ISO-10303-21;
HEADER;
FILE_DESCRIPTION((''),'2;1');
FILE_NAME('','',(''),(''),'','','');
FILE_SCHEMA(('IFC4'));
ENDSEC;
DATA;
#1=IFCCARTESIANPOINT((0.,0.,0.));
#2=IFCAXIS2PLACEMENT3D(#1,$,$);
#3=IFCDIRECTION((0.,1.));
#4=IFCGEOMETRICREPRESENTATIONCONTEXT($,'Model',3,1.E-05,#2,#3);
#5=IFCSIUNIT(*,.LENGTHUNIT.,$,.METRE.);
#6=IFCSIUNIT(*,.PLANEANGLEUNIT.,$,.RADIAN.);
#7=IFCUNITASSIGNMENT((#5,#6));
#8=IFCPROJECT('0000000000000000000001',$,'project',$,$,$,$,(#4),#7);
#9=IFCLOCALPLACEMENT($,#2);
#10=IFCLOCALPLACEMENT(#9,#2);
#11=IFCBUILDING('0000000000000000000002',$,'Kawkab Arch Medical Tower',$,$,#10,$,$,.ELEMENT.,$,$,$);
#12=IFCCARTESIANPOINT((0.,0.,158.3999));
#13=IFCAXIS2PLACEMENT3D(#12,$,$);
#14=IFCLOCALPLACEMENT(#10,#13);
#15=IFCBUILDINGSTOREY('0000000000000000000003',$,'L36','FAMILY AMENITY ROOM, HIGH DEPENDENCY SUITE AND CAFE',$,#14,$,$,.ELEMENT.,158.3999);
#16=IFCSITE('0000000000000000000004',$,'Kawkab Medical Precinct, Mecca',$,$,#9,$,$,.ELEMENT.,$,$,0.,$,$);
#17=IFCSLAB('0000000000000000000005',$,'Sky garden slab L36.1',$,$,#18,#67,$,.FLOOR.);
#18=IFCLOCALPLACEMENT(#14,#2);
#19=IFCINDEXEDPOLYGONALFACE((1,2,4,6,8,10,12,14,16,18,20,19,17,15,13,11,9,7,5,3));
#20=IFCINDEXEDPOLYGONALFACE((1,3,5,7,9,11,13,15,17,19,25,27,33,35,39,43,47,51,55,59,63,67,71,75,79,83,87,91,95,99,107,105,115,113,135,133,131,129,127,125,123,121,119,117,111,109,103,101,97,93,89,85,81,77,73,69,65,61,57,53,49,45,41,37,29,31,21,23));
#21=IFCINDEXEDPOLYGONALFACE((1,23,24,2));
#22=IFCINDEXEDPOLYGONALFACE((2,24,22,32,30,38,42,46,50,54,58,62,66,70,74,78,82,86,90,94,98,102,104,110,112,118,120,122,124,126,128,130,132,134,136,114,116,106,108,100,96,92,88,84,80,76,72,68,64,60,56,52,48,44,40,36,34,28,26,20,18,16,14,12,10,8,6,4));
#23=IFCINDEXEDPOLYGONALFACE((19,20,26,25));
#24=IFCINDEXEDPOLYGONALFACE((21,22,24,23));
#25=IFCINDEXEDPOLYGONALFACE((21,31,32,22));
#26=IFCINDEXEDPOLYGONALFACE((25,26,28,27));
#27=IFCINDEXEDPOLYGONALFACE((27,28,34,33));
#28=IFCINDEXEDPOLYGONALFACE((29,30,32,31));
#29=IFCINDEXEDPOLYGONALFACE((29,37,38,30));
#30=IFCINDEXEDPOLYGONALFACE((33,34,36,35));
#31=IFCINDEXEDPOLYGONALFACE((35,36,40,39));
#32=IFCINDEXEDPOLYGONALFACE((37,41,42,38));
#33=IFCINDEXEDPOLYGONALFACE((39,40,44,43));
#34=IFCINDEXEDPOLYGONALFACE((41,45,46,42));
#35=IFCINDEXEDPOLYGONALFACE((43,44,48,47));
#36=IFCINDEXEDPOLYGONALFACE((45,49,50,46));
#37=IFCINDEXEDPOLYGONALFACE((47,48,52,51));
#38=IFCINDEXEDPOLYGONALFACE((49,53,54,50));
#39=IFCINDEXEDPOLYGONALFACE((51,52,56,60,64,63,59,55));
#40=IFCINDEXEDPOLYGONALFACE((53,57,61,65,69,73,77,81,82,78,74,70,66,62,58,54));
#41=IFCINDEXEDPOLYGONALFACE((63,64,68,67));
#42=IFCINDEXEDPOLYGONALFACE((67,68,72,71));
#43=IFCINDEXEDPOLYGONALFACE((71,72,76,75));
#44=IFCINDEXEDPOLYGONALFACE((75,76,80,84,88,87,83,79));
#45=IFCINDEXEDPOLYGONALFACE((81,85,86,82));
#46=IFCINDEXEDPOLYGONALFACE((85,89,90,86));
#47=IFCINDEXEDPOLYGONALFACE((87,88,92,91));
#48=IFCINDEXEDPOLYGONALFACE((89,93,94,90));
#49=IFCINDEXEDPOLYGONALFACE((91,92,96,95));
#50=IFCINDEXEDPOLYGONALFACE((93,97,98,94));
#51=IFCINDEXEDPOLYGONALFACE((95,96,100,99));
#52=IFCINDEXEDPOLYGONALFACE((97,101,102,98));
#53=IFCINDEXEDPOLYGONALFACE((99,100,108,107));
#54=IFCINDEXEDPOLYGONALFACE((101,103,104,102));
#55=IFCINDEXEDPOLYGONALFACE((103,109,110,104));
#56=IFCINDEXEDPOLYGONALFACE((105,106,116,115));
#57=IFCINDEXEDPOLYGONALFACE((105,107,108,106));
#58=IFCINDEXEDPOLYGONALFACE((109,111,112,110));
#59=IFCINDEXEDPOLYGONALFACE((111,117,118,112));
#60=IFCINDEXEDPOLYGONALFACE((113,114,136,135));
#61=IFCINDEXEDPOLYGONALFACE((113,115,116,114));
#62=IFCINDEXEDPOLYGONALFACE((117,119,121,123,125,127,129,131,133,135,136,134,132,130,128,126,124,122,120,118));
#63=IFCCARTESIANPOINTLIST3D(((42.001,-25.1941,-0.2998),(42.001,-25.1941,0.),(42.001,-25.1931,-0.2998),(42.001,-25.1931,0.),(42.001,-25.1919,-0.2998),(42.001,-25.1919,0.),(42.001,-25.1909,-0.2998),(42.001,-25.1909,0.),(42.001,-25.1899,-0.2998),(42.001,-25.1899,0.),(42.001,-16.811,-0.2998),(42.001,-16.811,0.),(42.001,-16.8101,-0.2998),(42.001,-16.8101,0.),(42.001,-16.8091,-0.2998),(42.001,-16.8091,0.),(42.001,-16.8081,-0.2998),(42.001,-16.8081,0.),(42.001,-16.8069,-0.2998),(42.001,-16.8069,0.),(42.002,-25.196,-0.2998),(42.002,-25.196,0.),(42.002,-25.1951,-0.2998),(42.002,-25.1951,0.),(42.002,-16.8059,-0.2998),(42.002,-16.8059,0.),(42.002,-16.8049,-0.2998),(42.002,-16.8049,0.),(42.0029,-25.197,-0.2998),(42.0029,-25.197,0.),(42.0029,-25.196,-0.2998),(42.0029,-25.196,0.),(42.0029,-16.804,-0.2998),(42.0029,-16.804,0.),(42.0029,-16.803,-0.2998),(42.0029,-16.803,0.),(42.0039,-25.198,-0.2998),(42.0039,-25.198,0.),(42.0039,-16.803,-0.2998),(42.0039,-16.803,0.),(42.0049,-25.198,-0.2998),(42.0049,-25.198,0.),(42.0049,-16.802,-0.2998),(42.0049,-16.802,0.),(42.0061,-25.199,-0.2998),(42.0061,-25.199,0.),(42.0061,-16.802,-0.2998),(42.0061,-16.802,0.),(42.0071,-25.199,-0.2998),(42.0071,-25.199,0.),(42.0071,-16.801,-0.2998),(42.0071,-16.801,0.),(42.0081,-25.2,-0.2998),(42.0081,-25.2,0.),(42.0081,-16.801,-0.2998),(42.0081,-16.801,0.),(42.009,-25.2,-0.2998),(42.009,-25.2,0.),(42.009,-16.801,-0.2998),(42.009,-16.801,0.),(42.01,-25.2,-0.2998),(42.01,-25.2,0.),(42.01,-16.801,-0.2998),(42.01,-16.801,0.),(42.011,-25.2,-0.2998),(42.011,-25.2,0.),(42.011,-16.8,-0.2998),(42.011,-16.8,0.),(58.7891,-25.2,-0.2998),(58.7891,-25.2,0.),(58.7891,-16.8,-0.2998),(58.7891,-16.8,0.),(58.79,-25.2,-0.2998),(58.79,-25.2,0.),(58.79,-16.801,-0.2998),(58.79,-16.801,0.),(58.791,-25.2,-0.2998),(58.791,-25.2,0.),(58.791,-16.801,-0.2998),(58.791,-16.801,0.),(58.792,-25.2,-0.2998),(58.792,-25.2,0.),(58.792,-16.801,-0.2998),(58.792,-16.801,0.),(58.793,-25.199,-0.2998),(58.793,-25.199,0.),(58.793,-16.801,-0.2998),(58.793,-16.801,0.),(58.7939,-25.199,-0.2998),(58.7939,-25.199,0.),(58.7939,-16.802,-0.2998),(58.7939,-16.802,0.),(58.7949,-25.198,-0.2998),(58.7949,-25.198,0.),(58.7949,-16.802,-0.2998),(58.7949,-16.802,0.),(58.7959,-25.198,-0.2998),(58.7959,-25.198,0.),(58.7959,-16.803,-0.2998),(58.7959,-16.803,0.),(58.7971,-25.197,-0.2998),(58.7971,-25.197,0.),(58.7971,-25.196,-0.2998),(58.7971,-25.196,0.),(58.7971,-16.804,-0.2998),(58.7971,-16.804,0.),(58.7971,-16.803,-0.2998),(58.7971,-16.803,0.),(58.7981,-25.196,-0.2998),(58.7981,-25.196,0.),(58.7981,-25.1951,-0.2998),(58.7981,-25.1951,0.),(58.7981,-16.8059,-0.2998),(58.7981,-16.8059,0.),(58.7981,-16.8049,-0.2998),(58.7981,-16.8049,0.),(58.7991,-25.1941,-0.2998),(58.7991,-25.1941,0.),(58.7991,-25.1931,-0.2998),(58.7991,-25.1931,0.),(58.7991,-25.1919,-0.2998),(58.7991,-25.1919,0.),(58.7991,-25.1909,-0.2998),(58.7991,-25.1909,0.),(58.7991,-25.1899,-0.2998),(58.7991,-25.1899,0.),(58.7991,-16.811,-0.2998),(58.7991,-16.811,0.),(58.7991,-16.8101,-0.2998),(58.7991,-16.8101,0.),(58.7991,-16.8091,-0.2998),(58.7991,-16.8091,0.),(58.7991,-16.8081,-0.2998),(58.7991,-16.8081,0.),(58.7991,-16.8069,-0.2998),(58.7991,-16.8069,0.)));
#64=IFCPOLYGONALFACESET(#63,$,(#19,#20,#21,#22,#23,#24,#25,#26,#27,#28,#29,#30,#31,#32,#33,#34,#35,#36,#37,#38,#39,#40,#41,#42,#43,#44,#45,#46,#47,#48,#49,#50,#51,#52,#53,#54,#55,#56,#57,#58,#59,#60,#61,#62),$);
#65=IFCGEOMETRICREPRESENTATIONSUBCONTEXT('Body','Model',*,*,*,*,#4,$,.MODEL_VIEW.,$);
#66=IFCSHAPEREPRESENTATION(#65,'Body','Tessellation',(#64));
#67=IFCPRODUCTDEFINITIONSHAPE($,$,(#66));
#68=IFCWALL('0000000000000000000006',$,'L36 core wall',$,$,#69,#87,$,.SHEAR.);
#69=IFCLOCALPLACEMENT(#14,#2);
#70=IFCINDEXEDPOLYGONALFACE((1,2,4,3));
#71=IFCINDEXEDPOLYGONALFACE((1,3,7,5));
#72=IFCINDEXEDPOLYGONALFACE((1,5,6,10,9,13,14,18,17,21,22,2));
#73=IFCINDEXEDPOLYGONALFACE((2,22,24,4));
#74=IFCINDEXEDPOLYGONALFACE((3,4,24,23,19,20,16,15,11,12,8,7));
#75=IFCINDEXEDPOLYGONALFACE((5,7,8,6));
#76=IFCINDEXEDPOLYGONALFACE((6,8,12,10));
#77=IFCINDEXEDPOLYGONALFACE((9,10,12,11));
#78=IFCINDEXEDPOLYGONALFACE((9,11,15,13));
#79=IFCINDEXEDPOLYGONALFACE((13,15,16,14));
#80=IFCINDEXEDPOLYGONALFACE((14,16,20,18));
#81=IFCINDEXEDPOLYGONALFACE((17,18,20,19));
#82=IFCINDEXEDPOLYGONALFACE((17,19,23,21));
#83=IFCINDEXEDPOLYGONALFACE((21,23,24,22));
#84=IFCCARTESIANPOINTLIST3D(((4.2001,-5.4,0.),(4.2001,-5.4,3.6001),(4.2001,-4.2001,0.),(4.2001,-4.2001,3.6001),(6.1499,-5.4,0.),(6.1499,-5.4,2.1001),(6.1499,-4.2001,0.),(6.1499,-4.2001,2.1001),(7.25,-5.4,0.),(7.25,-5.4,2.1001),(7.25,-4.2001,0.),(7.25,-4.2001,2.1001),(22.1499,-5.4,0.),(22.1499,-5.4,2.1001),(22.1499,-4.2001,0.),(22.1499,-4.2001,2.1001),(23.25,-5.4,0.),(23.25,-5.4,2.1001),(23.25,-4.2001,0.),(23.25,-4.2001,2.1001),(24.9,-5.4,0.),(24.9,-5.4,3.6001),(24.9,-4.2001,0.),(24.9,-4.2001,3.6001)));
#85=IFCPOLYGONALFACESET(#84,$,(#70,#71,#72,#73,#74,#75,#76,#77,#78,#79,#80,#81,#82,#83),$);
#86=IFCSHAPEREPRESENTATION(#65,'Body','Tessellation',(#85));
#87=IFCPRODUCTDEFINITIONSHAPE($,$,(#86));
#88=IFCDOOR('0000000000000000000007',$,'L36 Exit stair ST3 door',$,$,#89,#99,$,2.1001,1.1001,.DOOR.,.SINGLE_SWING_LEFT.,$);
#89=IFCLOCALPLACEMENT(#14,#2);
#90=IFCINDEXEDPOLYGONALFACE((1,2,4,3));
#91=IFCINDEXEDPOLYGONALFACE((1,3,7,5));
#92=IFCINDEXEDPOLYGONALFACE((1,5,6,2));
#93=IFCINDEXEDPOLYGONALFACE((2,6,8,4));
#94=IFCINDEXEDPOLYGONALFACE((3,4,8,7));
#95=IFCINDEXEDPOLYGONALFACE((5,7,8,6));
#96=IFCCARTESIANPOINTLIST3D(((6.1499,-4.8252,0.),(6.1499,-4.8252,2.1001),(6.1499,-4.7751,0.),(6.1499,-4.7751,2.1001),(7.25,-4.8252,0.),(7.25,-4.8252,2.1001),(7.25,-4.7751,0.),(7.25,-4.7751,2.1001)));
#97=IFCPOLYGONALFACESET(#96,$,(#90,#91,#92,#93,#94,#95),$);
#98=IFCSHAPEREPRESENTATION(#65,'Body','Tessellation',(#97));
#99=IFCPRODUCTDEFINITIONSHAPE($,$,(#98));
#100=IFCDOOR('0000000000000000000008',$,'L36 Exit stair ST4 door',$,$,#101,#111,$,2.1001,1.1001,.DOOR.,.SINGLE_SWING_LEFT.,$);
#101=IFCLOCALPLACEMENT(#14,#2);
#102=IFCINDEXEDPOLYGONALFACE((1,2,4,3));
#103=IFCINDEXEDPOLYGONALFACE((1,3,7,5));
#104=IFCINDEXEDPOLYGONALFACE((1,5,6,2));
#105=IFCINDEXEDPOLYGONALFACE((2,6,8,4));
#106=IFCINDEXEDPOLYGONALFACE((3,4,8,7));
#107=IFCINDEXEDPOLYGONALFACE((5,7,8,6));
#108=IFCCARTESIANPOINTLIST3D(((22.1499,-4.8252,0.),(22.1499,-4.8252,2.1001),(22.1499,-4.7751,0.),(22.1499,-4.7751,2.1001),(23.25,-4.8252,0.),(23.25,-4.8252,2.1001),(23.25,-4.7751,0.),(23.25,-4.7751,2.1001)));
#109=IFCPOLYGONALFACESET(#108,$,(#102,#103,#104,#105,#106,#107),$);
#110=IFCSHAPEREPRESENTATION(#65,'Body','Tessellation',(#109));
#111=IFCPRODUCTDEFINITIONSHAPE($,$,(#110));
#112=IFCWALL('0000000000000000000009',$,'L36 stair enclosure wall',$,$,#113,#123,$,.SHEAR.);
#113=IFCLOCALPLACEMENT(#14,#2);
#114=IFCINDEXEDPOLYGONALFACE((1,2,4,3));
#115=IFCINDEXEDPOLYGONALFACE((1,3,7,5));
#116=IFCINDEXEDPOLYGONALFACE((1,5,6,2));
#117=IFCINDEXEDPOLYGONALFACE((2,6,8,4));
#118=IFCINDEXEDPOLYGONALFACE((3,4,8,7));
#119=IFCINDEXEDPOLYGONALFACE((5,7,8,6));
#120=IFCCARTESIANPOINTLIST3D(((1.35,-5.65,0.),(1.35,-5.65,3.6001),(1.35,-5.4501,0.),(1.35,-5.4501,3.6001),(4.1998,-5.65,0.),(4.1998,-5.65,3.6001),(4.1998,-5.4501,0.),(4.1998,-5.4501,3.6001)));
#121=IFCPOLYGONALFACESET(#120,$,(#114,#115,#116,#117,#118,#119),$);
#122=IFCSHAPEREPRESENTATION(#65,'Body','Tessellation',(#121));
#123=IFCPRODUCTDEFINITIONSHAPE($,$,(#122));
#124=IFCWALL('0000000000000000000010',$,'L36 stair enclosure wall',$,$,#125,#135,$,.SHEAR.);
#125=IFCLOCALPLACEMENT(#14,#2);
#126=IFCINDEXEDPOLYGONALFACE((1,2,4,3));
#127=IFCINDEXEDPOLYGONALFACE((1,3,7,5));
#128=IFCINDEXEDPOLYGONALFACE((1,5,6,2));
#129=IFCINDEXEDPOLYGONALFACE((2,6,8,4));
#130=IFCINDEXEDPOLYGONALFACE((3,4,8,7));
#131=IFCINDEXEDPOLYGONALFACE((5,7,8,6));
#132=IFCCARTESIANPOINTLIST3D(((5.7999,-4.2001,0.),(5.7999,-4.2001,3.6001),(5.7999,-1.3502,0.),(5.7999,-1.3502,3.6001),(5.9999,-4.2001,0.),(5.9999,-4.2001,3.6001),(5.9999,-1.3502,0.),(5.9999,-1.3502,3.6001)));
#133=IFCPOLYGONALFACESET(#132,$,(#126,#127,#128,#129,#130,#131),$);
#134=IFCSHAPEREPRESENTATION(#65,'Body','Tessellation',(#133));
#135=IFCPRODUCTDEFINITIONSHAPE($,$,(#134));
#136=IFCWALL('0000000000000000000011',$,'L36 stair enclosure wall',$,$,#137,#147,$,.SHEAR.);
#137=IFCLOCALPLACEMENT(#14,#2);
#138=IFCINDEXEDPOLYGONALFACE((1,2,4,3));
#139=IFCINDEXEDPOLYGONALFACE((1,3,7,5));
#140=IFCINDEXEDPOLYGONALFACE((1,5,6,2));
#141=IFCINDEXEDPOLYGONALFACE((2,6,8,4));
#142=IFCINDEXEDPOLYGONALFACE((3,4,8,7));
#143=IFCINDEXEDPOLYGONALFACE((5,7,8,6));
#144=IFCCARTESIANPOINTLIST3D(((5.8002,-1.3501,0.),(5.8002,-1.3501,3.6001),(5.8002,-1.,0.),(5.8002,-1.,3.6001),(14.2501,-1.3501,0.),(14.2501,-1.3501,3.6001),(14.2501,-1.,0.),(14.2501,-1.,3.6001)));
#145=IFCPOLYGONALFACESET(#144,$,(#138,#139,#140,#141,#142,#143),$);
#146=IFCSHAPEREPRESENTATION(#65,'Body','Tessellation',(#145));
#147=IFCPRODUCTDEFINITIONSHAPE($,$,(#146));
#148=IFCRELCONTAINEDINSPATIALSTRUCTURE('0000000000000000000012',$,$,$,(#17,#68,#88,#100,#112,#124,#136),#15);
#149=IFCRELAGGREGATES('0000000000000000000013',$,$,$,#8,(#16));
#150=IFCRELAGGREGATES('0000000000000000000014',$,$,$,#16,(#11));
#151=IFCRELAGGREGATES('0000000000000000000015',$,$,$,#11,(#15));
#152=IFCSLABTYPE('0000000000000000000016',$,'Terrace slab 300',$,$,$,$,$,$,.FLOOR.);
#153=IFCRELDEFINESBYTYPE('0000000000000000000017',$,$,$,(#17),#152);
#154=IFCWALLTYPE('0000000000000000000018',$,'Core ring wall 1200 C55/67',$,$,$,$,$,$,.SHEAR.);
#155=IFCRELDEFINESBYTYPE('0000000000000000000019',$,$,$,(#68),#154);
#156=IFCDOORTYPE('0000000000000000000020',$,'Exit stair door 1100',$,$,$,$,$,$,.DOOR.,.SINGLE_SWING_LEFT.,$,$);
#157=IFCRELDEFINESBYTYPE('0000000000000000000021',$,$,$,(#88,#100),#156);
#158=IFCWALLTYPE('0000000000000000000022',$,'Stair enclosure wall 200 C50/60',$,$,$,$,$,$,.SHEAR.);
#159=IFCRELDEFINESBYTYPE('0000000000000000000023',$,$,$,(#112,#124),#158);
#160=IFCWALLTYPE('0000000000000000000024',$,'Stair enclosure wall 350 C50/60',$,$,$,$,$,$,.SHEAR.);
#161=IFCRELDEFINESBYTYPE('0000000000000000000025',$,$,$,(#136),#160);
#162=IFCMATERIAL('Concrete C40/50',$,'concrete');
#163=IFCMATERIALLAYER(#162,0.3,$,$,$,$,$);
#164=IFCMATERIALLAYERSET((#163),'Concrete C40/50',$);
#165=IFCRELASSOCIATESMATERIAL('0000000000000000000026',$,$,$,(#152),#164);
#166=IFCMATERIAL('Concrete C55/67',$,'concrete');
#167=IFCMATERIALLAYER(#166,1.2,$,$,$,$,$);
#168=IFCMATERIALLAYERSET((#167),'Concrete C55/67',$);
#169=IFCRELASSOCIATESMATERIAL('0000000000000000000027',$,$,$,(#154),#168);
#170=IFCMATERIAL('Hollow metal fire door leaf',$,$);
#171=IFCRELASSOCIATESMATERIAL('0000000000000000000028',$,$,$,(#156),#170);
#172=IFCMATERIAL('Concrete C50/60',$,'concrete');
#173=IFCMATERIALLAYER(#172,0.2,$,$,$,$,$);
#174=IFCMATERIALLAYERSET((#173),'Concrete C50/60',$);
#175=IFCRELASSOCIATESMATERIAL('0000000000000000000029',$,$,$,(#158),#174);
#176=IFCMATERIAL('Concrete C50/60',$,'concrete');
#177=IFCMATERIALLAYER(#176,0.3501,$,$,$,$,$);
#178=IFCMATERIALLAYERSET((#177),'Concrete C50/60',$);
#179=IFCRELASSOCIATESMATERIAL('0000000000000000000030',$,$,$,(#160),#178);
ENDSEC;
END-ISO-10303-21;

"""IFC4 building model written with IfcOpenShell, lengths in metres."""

from ifc_helpers import new_model, si_unit, direction, frame, frame_2d, origin, place, context, subcontext, project, spatial, polyline, rectangle, outline, extrude, material, layer, layer_set, type_object, element, fill, save


model = new_model("IFC4")

# Units and contexts
model_context = context("Model", 3, precision=1e-05, world=origin(), true_north=direction((0.0, 1.0)))
body_context = subcontext(model_context, "Body", "Model", "MODEL_VIEW")
ifc_project = project(units=[si_unit("LENGTHUNIT", "METRE"), si_unit("PLANEANGLEUNIT", "RADIAN")], contexts=[model_context])

# Site, building, storey
site_placement = place(None, origin())
site = spatial("IfcSite", under=ifc_project, at=site_placement, Name="Kawkab Medical Precinct, Mecca", CompositionType="ELEMENT", RefElevation=0.0)
building_placement = place(site_placement, origin())
building = spatial("IfcBuilding", under=site, at=building_placement, Name="Kawkab Arch Medical Tower", CompositionType="ELEMENT")
storey_placement = place(building_placement, frame((0.0, 0.0, 158.3999)))
storey = spatial("IfcBuildingStorey", under=building, at=storey_placement, Name="L36", Description="FAMILY AMENITY ROOM, HIGH DEPENDENCY SUITE AND CAFE", CompositionType="ELEMENT", Elevation=158.3999)

# Slab
ifc_material_1 = material(Name="Concrete C40/50", Category="concrete")
ifc_layer_1 = layer(ifc_material_1, 0.3)
ifc_layer_set_1 = layer_set([ifc_layer_1], Name="Concrete C40/50")
slab_type_1 = type_object("IfcSlabType", Name="Terrace slab 300", PredefinedType="FLOOR", material=ifc_layer_set_1)
placement_1 = place(storey_placement, frame((0.0, 0.0, -0.2998)))
element("IfcSlab", 1, at=placement_1, inside=storey, type_object=slab_type_1, Name="Sky garden slab L36.1", PredefinedType="FLOOR", context=body_context, shape_type="SweptSolid", body=[
    extrude(outline(polyline([(42.009, -25.2), (42.01, -25.2), (42.011, -25.2), (58.7891, -25.2), (58.79, -25.2), (58.791, -25.2), (58.792, -25.2), (58.793, -25.199), (58.7939, -25.199), (58.7949, -25.198), (58.7959, -25.198), (58.7971, -25.197), (58.7971, -25.196), (58.7981, -25.196), (58.7981, -25.1951), (58.7991, -25.1941), (58.7991, -25.1931), (58.7991, -25.1919), (58.7991, -25.1909), (58.7991, -25.1899), (58.7991, -16.811), (58.7991, -16.8101), (58.7991, -16.8091), (58.7991, -16.8081), (58.7991, -16.8069), (58.7981, -16.8059), (58.7981, -16.8049), (58.7971, -16.804), (58.7971, -16.803), (58.7959, -16.803), (58.7949, -16.802), (58.7939, -16.802), (58.793, -16.801), (58.792, -16.801), (58.791, -16.801), (58.79, -16.801), (58.7891, -16.8), (42.011, -16.8), (42.01, -16.801), (42.009, -16.801), (42.0081, -16.801), (42.0071, -16.801), (42.0061, -16.802), (42.0049, -16.802), (42.0039, -16.803), (42.0029, -16.803), (42.0029, -16.804), (42.002, -16.8049), (42.002, -16.8059), (42.001, -16.8069), (42.001, -16.8081), (42.001, -16.8091), (42.001, -16.8101), (42.001, -16.811), (42.001, -25.1899), (42.001, -25.1909), (42.001, -25.1919), (42.001, -25.1931), (42.001, -25.1941), (42.002, -25.1951), (42.002, -25.196), (42.0029, -25.196), (42.0029, -25.197), (42.0039, -25.198), (42.0049, -25.198), (42.0061, -25.199), (42.0071, -25.199), (42.0081, -25.2), (42.009, -25.2)])), origin(), (0.0, 0.0, 1.0), 0.2998),
])

# Wall, openings, doors
ifc_material_2 = material(Name="Concrete C55/67", Category="concrete")
ifc_layer_2 = layer(ifc_material_2, 1.2)
ifc_layer_set_2 = layer_set([ifc_layer_2], Name="Concrete C55/67")
wall_type_1 = type_object("IfcWallType", Name="Core ring wall 1200 C55/67", PredefinedType="SHEAR", material=ifc_layer_set_2)
wall_1_placement = place(storey_placement, frame((4.2, -4.8, 0.0), z_axis=(0.0, 0.0, 1.0), x_axis=(1.0, 0.0, 0.0)))
wall_1 = element("IfcWall", 2, at=wall_1_placement, inside=storey, type_object=wall_type_1, Name="L36 core wall", PredefinedType="SHEAR", context=body_context, shape_type="SweptSolid", body=[
    extrude(rectangle(XDim=20.7, YDim=1.2, at=frame_2d((10.3501, 0.0))), origin(), (0.0, 0.0, 1.0), 3.6001),
])
opening_1_placement = place(wall_1_placement, frame((1.95, 0.0, 0.0)))
opening_1 = element("IfcOpeningElement", 3, at=opening_1_placement, cuts=wall_1, PredefinedType="OPENING", context=body_context, shape_type="SweptSolid", body=[
    extrude(rectangle(XDim=1.1001, YDim=2.1001, at=frame_2d((0.55, 1.05))), frame((0.0, 0.6099, 0.0), z_axis=(0.0, -1.0, 0.0), x_axis=(1.0, 0.0, 0.0)), (0.0, 0.0, 1.0), 1.22),
])
opening_2_placement = place(wall_1_placement, frame((17.95, 0.0, 0.0)))
opening_2 = element("IfcOpeningElement", 4, at=opening_2_placement, cuts=wall_1, PredefinedType="OPENING", context=body_context, shape_type="SweptSolid", body=[
    extrude(rectangle(XDim=1.1001, YDim=2.1001, at=frame_2d((0.55, 1.05))), frame((0.0, 0.6099, 0.0), z_axis=(0.0, -1.0, 0.0), x_axis=(1.0, 0.0, 0.0)), (0.0, 0.0, 1.0), 1.22),
])
ifc_material_3 = material(Name="Hollow metal fire door leaf")
door_type = type_object("IfcDoorType", Name="Exit stair door 1100", OperationType="SINGLE_SWING_LEFT", PredefinedType="DOOR", material=ifc_material_3)
door_1_placement = place(opening_1_placement, origin())
door_1 = element("IfcDoor", 5, at=door_1_placement, inside=storey, type_object=door_type, Name="L36 Exit stair ST3 door", OperationType="SINGLE_SWING_LEFT", OverallHeight=2.1001, OverallWidth=1.1001, PredefinedType="DOOR", context=body_context, shape_type="SweptSolid", body=[
    extrude(rectangle(XDim=1.1001, YDim=2.1001, at=frame_2d((0.55, 1.05))), frame((0.0, 0.0249, 0.0), z_axis=(0.0, -1.0, 0.0), x_axis=(1.0, 0.0, 0.0)), (0.0, 0.0, 1.0), 0.05),
])
fill(opening_1, door_1)
door_2_placement = place(opening_2_placement, origin())
door_2 = element("IfcDoor", 6, at=door_2_placement, inside=storey, type_object=door_type, Name="L36 Exit stair ST4 door", OperationType="SINGLE_SWING_LEFT", OverallHeight=2.1001, OverallWidth=1.1001, PredefinedType="DOOR", context=body_context, shape_type="SweptSolid", body=[
    extrude(rectangle(XDim=1.1001, YDim=2.1001, at=frame_2d((0.55, 1.05))), frame((0.0, 0.0249, 0.0), z_axis=(0.0, -1.0, 0.0), x_axis=(1.0, 0.0, 0.0)), (0.0, 0.0, 1.0), 0.05),
])
fill(opening_2, door_2)

# Walls
ifc_material_4 = material(Name="Concrete C50/60", Category="concrete")
ifc_layer_3 = layer(ifc_material_4, 0.2)
ifc_layer_set_3 = layer_set([ifc_layer_3], Name="Concrete C50/60")
wall_type_2 = type_object("IfcWallType", Name="Stair enclosure wall 200 C50/60", PredefinedType="SHEAR", material=ifc_layer_set_3)
for number, where, z_axis, x_axis, name in (
    (7, (1.3501, -5.55, 0.0), (0.0, 0.0, 1.0), (1.0, 0.0, 0.0), "L36 stair enclosure wall"),
    (8, (5.8999, -4.2, 0.0), (0.0, 0.0, 1.0), (0.0, 1.0, 0.0), "L36 stair enclosure wall"),
):
    element("IfcWall", number, at=place(storey_placement, frame(where, z_axis=z_axis, x_axis=x_axis)), inside=storey, type_object=wall_type_2, Name=name, PredefinedType="SHEAR", context=body_context, shape_type="SweptSolid", body=[
        extrude(rectangle(XDim=2.8499, YDim=0.2, at=frame_2d((1.4248, 0.0))), origin(), (0.0, 0.0, 1.0), 3.6001),
    ])
ifc_material_5 = material(Name="Concrete C50/60", Category="concrete")
ifc_layer_4 = layer(ifc_material_5, 0.3501)
ifc_layer_set_4 = layer_set([ifc_layer_4], Name="Concrete C50/60")
wall_type_3 = type_object("IfcWallType", Name="Stair enclosure wall 350 C50/60", PredefinedType="SHEAR", material=ifc_layer_set_4)
wall_2_placement = place(storey_placement, frame((5.8, -1.175, 0.0), z_axis=(0.0, 0.0, 1.0), x_axis=(1.0, 0.0, 0.0)))
element("IfcWall", 9, at=wall_2_placement, inside=storey, type_object=wall_type_3, Name="L36 stair enclosure wall", PredefinedType="SHEAR", context=body_context, shape_type="SweptSolid", body=[
    extrude(rectangle(XDim=8.45, YDim=0.3501, at=frame_2d((4.2251, 0.0))), origin(), (0.0, 0.0, 1.0), 3.6001),
])

save(model, "model.ifc")
